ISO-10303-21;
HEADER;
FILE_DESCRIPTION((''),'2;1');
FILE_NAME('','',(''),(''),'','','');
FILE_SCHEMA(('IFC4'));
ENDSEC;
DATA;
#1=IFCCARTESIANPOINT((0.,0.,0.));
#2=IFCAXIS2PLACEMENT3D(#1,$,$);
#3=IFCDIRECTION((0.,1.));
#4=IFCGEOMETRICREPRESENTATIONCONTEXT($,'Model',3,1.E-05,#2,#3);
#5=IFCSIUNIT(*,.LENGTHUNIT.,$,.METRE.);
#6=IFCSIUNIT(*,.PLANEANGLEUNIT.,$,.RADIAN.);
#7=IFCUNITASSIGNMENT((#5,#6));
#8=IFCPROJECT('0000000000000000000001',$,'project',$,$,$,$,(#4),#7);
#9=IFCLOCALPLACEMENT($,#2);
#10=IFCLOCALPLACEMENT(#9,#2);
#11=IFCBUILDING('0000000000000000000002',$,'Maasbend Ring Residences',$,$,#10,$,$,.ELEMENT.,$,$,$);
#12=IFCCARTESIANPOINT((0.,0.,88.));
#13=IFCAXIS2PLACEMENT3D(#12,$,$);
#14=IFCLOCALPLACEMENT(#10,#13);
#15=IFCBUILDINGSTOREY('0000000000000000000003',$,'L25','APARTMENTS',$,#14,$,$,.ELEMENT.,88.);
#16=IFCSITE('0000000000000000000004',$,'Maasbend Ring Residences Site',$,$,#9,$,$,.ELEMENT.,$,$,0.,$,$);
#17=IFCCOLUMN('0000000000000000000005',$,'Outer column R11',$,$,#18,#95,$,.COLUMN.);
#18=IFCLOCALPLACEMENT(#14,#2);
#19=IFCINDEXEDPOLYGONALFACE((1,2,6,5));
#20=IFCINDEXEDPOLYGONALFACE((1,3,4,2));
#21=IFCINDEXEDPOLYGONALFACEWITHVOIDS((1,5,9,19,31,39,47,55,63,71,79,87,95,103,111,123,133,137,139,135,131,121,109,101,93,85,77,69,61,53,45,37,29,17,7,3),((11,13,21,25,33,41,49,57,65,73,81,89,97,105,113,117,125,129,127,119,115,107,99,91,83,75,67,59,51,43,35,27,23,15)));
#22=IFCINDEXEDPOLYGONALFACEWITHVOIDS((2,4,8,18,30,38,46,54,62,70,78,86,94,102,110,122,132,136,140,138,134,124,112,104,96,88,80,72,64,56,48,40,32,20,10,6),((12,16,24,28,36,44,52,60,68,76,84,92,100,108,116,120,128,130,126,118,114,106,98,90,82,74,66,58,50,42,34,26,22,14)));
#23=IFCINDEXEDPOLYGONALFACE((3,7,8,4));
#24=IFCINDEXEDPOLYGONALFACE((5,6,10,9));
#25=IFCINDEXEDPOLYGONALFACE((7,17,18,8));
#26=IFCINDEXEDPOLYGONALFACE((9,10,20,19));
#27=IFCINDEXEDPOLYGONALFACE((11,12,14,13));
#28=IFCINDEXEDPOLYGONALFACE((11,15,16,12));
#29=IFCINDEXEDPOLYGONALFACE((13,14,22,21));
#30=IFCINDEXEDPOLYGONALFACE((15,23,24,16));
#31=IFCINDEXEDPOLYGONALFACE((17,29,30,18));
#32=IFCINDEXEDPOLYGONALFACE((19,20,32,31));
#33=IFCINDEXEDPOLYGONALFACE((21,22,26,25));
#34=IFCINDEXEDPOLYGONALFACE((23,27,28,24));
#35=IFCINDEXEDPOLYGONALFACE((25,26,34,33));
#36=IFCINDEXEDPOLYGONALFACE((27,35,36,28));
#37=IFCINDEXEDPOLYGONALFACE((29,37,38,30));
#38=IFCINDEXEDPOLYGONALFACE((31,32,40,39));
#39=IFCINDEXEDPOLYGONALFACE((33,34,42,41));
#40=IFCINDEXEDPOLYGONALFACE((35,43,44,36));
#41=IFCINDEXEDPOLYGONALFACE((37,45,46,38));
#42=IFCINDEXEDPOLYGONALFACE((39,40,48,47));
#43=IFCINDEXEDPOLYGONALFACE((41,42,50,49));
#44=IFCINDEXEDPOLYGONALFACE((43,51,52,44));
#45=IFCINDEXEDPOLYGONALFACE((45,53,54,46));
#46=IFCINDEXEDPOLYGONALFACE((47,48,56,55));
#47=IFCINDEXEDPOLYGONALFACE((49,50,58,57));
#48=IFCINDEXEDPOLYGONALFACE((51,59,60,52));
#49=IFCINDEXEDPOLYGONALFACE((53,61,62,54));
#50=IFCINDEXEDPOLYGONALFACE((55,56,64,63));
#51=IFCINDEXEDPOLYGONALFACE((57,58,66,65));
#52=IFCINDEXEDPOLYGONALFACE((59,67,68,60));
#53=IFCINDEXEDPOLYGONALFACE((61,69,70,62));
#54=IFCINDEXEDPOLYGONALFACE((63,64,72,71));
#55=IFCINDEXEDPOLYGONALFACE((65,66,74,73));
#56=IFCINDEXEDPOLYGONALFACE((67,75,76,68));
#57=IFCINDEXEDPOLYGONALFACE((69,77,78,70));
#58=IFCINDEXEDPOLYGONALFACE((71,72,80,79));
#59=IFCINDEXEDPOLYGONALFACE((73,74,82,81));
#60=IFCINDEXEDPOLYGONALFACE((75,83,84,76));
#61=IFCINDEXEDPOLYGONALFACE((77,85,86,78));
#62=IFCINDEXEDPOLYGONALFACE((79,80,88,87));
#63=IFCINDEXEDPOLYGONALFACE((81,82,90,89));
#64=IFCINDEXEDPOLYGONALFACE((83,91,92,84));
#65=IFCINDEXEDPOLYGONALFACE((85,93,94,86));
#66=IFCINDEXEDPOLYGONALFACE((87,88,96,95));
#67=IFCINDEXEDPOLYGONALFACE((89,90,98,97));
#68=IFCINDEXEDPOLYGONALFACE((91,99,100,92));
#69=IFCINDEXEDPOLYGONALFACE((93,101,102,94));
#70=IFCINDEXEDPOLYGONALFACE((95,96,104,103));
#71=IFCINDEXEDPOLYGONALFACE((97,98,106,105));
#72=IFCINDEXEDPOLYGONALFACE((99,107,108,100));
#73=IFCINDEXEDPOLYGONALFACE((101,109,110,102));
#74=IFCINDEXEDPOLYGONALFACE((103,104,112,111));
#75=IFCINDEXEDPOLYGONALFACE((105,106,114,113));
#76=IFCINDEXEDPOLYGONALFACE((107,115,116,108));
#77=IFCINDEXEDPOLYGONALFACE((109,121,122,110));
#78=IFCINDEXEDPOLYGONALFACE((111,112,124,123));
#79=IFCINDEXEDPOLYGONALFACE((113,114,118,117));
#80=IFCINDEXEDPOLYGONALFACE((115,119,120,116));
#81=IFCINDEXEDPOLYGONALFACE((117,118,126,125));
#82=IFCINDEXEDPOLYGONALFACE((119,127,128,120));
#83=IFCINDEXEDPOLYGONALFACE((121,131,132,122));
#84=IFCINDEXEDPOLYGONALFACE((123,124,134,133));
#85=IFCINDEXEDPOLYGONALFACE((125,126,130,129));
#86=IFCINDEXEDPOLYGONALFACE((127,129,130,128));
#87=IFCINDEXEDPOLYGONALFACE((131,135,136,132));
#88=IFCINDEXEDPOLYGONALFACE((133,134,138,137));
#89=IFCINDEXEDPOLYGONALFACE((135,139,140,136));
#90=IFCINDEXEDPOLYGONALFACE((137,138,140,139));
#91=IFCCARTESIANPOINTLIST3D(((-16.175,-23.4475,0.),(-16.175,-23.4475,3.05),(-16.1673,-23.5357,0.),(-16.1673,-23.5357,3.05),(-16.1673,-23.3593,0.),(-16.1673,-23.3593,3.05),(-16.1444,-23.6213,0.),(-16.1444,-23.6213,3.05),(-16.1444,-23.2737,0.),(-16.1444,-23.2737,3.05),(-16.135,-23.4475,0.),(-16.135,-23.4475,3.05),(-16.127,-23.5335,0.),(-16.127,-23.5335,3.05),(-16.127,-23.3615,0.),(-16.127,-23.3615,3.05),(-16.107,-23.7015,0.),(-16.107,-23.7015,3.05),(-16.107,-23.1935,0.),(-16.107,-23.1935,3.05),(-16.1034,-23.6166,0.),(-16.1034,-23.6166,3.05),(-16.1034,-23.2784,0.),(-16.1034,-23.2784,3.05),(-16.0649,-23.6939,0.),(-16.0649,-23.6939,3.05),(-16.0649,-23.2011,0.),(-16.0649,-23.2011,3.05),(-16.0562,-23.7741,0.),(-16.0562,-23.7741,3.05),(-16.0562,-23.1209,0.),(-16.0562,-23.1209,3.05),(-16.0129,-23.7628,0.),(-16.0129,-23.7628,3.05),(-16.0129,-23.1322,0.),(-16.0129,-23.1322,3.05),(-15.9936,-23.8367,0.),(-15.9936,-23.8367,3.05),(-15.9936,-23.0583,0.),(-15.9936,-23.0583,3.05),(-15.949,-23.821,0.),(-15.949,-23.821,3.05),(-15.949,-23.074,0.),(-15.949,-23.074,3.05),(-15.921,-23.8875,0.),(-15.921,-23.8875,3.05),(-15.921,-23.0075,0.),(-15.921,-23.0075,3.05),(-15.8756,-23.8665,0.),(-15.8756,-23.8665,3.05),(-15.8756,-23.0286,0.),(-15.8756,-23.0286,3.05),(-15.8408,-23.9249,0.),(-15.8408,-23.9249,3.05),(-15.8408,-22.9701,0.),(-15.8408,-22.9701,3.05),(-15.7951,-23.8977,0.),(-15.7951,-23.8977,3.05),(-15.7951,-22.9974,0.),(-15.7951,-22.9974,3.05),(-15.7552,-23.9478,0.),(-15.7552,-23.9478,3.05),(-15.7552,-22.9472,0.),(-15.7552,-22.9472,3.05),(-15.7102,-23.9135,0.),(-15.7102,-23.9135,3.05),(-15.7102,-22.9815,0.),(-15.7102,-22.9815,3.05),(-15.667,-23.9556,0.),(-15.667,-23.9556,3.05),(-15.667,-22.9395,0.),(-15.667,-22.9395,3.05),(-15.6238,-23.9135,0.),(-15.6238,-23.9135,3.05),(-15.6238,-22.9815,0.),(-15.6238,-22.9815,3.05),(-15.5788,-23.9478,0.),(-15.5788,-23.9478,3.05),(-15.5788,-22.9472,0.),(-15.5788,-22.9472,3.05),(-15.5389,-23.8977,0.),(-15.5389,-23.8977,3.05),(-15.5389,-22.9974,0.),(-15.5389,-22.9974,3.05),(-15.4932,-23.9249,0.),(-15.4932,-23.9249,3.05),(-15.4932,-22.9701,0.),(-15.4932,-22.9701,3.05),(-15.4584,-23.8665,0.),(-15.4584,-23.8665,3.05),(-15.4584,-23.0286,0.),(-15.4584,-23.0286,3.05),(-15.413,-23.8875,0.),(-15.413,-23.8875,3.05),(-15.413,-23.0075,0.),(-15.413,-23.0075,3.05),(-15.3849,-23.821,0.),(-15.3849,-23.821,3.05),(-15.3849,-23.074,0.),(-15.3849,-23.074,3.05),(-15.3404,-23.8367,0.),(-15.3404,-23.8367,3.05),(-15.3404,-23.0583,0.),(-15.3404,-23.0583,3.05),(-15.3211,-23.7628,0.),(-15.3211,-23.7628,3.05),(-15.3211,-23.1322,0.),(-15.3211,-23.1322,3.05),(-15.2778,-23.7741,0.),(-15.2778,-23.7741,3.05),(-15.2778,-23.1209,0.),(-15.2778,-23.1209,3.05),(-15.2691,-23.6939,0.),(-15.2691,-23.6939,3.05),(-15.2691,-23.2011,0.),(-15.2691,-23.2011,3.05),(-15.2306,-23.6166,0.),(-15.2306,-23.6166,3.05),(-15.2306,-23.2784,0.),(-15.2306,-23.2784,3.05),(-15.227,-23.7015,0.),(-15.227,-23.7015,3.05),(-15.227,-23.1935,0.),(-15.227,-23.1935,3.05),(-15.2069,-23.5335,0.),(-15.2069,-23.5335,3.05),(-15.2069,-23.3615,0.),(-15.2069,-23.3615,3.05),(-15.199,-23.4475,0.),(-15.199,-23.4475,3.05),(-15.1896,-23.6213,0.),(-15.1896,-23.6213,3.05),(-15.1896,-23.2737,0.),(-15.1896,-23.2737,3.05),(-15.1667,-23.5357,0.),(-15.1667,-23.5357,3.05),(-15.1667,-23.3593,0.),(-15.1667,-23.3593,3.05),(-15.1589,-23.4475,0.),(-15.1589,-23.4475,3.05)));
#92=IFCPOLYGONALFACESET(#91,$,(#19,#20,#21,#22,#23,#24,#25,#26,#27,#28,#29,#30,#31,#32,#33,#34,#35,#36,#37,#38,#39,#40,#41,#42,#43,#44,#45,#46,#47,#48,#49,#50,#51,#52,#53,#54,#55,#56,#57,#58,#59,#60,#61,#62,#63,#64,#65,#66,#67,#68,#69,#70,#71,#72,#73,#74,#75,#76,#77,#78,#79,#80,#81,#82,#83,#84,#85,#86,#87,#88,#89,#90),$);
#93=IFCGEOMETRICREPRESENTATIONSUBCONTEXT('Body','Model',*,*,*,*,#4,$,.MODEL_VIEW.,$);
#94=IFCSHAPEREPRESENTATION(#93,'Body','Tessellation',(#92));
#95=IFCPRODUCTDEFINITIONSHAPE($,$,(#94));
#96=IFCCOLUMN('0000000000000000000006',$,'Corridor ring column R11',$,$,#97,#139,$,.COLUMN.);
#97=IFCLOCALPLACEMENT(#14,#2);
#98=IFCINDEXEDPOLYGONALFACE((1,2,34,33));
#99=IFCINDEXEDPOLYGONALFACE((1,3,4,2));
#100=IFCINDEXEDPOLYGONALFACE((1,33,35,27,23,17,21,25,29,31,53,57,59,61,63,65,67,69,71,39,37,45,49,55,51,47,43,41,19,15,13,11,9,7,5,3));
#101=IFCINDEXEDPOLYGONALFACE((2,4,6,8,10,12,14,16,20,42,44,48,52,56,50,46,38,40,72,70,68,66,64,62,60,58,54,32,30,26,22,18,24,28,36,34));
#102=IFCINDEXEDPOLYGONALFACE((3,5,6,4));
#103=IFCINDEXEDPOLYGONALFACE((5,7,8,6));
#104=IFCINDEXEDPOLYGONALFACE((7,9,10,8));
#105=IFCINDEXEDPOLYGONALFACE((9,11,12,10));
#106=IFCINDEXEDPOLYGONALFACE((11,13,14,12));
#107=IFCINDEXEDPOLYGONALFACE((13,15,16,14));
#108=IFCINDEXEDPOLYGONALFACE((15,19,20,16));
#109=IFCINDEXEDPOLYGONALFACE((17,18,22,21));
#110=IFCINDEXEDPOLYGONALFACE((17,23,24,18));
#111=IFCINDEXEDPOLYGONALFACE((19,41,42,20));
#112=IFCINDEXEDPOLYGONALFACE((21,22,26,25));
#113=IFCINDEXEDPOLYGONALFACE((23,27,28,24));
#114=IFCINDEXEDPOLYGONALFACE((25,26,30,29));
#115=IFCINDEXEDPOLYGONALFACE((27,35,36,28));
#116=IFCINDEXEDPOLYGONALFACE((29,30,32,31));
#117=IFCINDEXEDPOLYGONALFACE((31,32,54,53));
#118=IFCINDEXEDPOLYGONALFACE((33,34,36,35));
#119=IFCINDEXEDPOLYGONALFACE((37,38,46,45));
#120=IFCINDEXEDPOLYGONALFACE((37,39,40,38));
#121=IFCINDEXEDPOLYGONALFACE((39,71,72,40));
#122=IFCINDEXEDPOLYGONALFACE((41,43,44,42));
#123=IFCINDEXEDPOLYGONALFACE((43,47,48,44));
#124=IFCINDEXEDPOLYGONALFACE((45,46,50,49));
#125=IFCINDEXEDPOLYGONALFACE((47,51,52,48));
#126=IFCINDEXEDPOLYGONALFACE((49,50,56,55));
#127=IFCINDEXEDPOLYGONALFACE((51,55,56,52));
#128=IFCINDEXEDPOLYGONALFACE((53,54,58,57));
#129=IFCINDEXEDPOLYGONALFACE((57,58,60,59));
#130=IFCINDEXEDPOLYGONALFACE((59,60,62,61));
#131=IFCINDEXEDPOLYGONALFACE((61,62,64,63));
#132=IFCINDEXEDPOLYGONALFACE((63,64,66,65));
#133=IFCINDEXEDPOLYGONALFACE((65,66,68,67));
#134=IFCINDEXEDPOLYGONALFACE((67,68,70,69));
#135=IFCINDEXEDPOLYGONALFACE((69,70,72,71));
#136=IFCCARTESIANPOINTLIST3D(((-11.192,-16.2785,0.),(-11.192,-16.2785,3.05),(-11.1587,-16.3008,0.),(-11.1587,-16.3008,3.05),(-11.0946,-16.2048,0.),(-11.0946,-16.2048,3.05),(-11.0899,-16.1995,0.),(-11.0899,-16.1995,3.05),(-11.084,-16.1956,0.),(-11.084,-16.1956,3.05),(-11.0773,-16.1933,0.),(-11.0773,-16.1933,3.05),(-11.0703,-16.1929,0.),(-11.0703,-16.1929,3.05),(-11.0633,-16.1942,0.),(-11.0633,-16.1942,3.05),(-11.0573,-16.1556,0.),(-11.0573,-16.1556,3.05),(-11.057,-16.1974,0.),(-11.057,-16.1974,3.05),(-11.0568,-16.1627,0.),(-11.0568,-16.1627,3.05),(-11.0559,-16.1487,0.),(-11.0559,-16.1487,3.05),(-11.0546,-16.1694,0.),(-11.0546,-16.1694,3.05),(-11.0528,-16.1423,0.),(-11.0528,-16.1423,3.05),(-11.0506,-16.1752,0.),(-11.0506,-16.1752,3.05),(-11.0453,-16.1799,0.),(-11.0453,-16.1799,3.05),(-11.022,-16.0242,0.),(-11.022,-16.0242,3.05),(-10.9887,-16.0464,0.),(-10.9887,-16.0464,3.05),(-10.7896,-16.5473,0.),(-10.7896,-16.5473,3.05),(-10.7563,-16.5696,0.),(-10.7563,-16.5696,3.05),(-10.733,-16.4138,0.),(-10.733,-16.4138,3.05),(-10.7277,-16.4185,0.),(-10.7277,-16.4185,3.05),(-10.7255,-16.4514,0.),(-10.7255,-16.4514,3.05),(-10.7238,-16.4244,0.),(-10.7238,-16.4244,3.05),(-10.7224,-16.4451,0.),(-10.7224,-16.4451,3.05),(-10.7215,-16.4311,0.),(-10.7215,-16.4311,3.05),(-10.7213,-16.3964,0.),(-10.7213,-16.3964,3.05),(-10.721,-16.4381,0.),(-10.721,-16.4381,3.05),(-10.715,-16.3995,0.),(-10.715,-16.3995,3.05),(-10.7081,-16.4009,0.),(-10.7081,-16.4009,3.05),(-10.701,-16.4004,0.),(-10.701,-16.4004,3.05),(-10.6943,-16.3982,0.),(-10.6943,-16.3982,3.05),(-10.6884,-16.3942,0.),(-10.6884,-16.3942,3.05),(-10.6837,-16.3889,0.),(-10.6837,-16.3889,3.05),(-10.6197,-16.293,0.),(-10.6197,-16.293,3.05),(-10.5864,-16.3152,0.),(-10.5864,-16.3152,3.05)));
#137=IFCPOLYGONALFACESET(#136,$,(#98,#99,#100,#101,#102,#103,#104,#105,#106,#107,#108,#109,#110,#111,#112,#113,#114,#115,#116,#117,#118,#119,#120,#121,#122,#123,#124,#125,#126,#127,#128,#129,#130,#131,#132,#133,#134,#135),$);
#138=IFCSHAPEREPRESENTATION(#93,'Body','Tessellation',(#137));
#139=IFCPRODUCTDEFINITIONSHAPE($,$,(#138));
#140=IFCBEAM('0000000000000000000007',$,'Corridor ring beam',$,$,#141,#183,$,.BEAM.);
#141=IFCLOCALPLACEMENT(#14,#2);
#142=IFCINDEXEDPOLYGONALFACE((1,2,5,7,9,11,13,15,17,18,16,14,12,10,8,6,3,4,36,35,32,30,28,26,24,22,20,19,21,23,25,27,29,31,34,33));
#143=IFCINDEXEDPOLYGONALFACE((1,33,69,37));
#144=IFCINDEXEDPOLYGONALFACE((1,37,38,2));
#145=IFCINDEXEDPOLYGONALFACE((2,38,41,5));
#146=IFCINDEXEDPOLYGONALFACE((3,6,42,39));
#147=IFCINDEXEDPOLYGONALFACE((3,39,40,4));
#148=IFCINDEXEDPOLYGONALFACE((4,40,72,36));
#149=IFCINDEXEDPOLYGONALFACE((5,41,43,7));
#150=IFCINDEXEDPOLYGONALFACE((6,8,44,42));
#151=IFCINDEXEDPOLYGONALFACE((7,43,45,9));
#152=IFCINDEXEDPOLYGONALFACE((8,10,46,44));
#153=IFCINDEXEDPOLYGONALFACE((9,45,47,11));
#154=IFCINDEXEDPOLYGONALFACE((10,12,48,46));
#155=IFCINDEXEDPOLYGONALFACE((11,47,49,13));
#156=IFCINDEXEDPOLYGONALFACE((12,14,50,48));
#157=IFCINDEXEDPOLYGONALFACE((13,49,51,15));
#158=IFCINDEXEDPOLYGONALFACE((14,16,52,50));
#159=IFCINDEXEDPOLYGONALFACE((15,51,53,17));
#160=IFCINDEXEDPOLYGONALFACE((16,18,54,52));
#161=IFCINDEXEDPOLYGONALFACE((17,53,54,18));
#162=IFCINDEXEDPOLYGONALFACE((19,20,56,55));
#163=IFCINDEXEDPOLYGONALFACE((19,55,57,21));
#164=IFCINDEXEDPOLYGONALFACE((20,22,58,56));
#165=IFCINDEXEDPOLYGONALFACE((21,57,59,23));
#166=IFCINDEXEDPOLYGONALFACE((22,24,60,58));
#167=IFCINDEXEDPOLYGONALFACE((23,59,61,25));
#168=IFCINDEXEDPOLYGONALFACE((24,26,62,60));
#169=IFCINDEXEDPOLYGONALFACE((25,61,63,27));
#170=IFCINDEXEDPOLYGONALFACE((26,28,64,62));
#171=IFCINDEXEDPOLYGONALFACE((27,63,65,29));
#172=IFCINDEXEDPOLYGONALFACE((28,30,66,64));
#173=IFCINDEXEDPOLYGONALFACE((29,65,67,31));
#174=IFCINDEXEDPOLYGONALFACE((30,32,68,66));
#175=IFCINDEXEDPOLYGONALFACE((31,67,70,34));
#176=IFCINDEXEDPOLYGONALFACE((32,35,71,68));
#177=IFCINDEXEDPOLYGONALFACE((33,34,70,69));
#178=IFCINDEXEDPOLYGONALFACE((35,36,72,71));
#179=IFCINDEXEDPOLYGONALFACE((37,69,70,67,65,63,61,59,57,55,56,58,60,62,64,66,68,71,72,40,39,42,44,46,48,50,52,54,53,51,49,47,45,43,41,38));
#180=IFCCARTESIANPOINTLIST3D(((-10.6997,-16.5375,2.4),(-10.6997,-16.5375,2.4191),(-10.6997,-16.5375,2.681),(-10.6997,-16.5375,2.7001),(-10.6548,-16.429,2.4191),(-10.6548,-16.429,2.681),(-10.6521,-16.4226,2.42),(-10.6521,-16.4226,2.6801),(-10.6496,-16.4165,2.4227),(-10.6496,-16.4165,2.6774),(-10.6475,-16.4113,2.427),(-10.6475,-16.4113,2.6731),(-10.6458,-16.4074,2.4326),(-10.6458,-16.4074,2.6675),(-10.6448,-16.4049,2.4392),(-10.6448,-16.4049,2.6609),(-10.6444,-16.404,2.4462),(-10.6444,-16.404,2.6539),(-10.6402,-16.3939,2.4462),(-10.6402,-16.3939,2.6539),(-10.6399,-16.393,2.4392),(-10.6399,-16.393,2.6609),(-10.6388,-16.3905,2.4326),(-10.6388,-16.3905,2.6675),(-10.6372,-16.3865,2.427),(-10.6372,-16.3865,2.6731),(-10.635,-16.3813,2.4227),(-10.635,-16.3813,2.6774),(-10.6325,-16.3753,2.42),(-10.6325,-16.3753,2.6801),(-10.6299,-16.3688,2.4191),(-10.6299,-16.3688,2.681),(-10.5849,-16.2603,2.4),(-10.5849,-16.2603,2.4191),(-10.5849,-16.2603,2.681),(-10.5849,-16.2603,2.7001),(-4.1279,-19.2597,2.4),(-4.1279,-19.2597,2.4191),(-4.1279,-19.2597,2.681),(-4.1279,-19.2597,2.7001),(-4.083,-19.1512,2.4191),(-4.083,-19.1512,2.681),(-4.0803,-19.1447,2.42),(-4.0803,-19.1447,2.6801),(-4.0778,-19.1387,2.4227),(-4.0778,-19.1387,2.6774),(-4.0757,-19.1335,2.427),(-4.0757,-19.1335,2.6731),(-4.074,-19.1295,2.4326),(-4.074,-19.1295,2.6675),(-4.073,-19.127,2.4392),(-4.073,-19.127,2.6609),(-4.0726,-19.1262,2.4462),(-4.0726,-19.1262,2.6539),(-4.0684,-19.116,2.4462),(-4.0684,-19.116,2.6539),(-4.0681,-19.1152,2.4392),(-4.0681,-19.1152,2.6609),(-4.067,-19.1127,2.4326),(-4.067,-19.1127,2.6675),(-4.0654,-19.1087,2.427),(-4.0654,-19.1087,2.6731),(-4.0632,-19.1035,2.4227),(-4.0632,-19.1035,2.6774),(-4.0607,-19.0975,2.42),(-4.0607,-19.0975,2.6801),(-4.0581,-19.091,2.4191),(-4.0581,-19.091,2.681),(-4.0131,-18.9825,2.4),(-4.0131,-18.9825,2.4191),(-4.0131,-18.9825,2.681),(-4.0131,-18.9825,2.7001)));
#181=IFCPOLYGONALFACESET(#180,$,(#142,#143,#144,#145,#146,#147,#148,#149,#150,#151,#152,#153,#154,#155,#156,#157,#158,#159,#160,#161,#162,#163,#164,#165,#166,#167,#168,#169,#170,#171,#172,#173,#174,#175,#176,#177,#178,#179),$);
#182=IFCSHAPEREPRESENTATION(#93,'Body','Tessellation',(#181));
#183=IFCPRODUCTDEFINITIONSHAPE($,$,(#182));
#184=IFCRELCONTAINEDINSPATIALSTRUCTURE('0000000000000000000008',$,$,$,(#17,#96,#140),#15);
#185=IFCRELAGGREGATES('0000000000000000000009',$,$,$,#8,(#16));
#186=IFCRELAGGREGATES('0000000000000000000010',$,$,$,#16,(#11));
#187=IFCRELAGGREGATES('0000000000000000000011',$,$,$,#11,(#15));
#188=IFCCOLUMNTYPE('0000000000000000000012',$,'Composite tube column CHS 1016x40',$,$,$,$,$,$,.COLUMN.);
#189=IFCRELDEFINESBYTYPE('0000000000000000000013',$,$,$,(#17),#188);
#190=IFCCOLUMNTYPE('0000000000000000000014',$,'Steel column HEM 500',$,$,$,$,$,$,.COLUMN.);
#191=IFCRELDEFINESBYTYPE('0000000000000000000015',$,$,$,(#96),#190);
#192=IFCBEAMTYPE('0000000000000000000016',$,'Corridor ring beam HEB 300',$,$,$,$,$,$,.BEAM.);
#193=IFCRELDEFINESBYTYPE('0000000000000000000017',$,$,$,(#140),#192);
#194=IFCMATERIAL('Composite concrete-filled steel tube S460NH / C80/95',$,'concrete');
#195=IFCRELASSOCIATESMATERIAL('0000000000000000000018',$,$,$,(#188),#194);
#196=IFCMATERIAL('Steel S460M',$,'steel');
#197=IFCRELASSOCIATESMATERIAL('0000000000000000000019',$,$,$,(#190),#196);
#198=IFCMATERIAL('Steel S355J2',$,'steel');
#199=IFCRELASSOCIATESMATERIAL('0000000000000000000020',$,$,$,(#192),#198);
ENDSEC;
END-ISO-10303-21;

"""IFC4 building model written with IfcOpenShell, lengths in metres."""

from ifc_helpers import new_model, si_unit, direction, frame, origin, origin_2d, place, context, subcontext, project, spatial, hollow_circle, i_section, extrude, material, material_profile, profile_set, type_object, element, save


model = new_model("IFC4")

# Units and contexts
model_context = context("Model", 3, precision=1e-05, world=origin(), true_north=direction((0.0, 1.0)))
body_context = subcontext(model_context, "Body", "Model", "MODEL_VIEW")
ifc_project = project(units=[si_unit("LENGTHUNIT", "METRE"), si_unit("PLANEANGLEUNIT", "RADIAN")], contexts=[model_context])

# Site, building, storey
site_placement = place(None, origin())
site = spatial("IfcSite", under=ifc_project, at=site_placement, Name="Maasbend Ring Residences Site", CompositionType="ELEMENT", RefElevation=0.0)
building_placement = place(site_placement, origin())
building = spatial("IfcBuilding", under=site, at=building_placement, Name="Maasbend Ring Residences", CompositionType="ELEMENT")
storey_placement = place(building_placement, frame((0.0, 0.0, 88.0)))
storey = spatial("IfcBuildingStorey", under=building, at=storey_placement, Name="L25", Description="APARTMENTS", CompositionType="ELEMENT", Elevation=88.0)

# Columns
ifc_material_1 = material(Name="Composite concrete-filled steel tube S460NH / C80/95", Category="concrete")
ifc_material_profile_1 = material_profile(ifc_material_1, hollow_circle(Radius=0.5081, WallThickness=0.04, at=origin_2d()), Name="Composite tube column CHS 1016x40")
ifc_profile_set_1 = profile_set([ifc_material_profile_1], Name="Composite concrete-filled steel tube S460NH / C80/95")
column_type_1 = type_object("IfcColumnType", Name="Composite tube column CHS 1016x40", PredefinedType="COLUMN", material=ifc_profile_set_1)
column_1_placement = place(storey_placement, frame((-15.667, -23.4475, 0.0), z_axis=(0.0, 0.0, 1.0), x_axis=(1.0, 0.0, 0.0)))
element("IfcColumn", 1, at=column_1_placement, inside=storey, type_object=column_type_1, Name="Outer column R11", PredefinedType="COLUMN", context=body_context, shape_type="SweptSolid", body=[
    extrude(hollow_circle(Radius=0.5081, WallThickness=0.04, at=origin_2d()), origin(), (0.0, 0.0, 1.0), 3.05),
])
ifc_material_2 = material(Name="Steel S460M", Category="steel")
ifc_material_profile_2 = material_profile(ifc_material_2, i_section(OverallWidth=0.3059, OverallDepth=0.5239, WebThickness=0.021, FlangeThickness=0.04, FilletRadius=0.0271, at=origin_2d()), Name="HEM 500")
ifc_profile_set_2 = profile_set([ifc_material_profile_2], Name="Steel S460M")
column_type_2 = type_object("IfcColumnType", Name="Steel column HEM 500", PredefinedType="COLUMN", material=ifc_profile_set_2)
column_2_placement = place(storey_placement, frame((-10.8892, -16.2969, 0.0), z_axis=(0.0, 0.0, 1.0), x_axis=(-0.55557, -0.83147, 0.0)))
element("IfcColumn", 2, at=column_2_placement, inside=storey, type_object=column_type_2, Name="Corridor ring column R11", PredefinedType="COLUMN", context=body_context, shape_type="SweptSolid", body=[
    extrude(i_section(OverallWidth=0.3059, OverallDepth=0.5239, WebThickness=0.021, FlangeThickness=0.04, FilletRadius=0.0271, at=origin_2d()), origin(), (0.0, 0.0, 1.0), 3.05),
])

# Beam
ifc_material_3 = material(Name="Steel S355J2", Category="steel")
ifc_material_profile_3 = material_profile(ifc_material_3, i_section(OverallWidth=0.3, OverallDepth=0.3, WebThickness=0.011, FlangeThickness=0.019, FilletRadius=0.0271, at=origin_2d()), Name="HEB 300")
ifc_profile_set_3 = profile_set([ifc_material_profile_3], Name="Steel S355J2")
beam_type_1 = type_object("IfcBeamType", Name="Corridor ring beam HEB 300", PredefinedType="BEAM", material=ifc_profile_set_3)
beam_1_placement = place(storey_placement, frame((-10.6423, -16.3989, 2.55), z_axis=(0.923877, -0.382689, 0.0), x_axis=(0.382689, 0.923877, 0.0)))
element("IfcBeam", 3, at=beam_1_placement, inside=storey, type_object=beam_type_1, Name="Corridor ring beam", PredefinedType="BEAM", context=body_context, shape_type="SweptSolid", body=[
    extrude(i_section(OverallWidth=0.3, OverallDepth=0.3, WebThickness=0.011, FlangeThickness=0.019, FilletRadius=0.0271, at=origin_2d()), origin(), (0.0, 0.0, 1.0), 7.1133),
])

save(model, "model.ifc")
